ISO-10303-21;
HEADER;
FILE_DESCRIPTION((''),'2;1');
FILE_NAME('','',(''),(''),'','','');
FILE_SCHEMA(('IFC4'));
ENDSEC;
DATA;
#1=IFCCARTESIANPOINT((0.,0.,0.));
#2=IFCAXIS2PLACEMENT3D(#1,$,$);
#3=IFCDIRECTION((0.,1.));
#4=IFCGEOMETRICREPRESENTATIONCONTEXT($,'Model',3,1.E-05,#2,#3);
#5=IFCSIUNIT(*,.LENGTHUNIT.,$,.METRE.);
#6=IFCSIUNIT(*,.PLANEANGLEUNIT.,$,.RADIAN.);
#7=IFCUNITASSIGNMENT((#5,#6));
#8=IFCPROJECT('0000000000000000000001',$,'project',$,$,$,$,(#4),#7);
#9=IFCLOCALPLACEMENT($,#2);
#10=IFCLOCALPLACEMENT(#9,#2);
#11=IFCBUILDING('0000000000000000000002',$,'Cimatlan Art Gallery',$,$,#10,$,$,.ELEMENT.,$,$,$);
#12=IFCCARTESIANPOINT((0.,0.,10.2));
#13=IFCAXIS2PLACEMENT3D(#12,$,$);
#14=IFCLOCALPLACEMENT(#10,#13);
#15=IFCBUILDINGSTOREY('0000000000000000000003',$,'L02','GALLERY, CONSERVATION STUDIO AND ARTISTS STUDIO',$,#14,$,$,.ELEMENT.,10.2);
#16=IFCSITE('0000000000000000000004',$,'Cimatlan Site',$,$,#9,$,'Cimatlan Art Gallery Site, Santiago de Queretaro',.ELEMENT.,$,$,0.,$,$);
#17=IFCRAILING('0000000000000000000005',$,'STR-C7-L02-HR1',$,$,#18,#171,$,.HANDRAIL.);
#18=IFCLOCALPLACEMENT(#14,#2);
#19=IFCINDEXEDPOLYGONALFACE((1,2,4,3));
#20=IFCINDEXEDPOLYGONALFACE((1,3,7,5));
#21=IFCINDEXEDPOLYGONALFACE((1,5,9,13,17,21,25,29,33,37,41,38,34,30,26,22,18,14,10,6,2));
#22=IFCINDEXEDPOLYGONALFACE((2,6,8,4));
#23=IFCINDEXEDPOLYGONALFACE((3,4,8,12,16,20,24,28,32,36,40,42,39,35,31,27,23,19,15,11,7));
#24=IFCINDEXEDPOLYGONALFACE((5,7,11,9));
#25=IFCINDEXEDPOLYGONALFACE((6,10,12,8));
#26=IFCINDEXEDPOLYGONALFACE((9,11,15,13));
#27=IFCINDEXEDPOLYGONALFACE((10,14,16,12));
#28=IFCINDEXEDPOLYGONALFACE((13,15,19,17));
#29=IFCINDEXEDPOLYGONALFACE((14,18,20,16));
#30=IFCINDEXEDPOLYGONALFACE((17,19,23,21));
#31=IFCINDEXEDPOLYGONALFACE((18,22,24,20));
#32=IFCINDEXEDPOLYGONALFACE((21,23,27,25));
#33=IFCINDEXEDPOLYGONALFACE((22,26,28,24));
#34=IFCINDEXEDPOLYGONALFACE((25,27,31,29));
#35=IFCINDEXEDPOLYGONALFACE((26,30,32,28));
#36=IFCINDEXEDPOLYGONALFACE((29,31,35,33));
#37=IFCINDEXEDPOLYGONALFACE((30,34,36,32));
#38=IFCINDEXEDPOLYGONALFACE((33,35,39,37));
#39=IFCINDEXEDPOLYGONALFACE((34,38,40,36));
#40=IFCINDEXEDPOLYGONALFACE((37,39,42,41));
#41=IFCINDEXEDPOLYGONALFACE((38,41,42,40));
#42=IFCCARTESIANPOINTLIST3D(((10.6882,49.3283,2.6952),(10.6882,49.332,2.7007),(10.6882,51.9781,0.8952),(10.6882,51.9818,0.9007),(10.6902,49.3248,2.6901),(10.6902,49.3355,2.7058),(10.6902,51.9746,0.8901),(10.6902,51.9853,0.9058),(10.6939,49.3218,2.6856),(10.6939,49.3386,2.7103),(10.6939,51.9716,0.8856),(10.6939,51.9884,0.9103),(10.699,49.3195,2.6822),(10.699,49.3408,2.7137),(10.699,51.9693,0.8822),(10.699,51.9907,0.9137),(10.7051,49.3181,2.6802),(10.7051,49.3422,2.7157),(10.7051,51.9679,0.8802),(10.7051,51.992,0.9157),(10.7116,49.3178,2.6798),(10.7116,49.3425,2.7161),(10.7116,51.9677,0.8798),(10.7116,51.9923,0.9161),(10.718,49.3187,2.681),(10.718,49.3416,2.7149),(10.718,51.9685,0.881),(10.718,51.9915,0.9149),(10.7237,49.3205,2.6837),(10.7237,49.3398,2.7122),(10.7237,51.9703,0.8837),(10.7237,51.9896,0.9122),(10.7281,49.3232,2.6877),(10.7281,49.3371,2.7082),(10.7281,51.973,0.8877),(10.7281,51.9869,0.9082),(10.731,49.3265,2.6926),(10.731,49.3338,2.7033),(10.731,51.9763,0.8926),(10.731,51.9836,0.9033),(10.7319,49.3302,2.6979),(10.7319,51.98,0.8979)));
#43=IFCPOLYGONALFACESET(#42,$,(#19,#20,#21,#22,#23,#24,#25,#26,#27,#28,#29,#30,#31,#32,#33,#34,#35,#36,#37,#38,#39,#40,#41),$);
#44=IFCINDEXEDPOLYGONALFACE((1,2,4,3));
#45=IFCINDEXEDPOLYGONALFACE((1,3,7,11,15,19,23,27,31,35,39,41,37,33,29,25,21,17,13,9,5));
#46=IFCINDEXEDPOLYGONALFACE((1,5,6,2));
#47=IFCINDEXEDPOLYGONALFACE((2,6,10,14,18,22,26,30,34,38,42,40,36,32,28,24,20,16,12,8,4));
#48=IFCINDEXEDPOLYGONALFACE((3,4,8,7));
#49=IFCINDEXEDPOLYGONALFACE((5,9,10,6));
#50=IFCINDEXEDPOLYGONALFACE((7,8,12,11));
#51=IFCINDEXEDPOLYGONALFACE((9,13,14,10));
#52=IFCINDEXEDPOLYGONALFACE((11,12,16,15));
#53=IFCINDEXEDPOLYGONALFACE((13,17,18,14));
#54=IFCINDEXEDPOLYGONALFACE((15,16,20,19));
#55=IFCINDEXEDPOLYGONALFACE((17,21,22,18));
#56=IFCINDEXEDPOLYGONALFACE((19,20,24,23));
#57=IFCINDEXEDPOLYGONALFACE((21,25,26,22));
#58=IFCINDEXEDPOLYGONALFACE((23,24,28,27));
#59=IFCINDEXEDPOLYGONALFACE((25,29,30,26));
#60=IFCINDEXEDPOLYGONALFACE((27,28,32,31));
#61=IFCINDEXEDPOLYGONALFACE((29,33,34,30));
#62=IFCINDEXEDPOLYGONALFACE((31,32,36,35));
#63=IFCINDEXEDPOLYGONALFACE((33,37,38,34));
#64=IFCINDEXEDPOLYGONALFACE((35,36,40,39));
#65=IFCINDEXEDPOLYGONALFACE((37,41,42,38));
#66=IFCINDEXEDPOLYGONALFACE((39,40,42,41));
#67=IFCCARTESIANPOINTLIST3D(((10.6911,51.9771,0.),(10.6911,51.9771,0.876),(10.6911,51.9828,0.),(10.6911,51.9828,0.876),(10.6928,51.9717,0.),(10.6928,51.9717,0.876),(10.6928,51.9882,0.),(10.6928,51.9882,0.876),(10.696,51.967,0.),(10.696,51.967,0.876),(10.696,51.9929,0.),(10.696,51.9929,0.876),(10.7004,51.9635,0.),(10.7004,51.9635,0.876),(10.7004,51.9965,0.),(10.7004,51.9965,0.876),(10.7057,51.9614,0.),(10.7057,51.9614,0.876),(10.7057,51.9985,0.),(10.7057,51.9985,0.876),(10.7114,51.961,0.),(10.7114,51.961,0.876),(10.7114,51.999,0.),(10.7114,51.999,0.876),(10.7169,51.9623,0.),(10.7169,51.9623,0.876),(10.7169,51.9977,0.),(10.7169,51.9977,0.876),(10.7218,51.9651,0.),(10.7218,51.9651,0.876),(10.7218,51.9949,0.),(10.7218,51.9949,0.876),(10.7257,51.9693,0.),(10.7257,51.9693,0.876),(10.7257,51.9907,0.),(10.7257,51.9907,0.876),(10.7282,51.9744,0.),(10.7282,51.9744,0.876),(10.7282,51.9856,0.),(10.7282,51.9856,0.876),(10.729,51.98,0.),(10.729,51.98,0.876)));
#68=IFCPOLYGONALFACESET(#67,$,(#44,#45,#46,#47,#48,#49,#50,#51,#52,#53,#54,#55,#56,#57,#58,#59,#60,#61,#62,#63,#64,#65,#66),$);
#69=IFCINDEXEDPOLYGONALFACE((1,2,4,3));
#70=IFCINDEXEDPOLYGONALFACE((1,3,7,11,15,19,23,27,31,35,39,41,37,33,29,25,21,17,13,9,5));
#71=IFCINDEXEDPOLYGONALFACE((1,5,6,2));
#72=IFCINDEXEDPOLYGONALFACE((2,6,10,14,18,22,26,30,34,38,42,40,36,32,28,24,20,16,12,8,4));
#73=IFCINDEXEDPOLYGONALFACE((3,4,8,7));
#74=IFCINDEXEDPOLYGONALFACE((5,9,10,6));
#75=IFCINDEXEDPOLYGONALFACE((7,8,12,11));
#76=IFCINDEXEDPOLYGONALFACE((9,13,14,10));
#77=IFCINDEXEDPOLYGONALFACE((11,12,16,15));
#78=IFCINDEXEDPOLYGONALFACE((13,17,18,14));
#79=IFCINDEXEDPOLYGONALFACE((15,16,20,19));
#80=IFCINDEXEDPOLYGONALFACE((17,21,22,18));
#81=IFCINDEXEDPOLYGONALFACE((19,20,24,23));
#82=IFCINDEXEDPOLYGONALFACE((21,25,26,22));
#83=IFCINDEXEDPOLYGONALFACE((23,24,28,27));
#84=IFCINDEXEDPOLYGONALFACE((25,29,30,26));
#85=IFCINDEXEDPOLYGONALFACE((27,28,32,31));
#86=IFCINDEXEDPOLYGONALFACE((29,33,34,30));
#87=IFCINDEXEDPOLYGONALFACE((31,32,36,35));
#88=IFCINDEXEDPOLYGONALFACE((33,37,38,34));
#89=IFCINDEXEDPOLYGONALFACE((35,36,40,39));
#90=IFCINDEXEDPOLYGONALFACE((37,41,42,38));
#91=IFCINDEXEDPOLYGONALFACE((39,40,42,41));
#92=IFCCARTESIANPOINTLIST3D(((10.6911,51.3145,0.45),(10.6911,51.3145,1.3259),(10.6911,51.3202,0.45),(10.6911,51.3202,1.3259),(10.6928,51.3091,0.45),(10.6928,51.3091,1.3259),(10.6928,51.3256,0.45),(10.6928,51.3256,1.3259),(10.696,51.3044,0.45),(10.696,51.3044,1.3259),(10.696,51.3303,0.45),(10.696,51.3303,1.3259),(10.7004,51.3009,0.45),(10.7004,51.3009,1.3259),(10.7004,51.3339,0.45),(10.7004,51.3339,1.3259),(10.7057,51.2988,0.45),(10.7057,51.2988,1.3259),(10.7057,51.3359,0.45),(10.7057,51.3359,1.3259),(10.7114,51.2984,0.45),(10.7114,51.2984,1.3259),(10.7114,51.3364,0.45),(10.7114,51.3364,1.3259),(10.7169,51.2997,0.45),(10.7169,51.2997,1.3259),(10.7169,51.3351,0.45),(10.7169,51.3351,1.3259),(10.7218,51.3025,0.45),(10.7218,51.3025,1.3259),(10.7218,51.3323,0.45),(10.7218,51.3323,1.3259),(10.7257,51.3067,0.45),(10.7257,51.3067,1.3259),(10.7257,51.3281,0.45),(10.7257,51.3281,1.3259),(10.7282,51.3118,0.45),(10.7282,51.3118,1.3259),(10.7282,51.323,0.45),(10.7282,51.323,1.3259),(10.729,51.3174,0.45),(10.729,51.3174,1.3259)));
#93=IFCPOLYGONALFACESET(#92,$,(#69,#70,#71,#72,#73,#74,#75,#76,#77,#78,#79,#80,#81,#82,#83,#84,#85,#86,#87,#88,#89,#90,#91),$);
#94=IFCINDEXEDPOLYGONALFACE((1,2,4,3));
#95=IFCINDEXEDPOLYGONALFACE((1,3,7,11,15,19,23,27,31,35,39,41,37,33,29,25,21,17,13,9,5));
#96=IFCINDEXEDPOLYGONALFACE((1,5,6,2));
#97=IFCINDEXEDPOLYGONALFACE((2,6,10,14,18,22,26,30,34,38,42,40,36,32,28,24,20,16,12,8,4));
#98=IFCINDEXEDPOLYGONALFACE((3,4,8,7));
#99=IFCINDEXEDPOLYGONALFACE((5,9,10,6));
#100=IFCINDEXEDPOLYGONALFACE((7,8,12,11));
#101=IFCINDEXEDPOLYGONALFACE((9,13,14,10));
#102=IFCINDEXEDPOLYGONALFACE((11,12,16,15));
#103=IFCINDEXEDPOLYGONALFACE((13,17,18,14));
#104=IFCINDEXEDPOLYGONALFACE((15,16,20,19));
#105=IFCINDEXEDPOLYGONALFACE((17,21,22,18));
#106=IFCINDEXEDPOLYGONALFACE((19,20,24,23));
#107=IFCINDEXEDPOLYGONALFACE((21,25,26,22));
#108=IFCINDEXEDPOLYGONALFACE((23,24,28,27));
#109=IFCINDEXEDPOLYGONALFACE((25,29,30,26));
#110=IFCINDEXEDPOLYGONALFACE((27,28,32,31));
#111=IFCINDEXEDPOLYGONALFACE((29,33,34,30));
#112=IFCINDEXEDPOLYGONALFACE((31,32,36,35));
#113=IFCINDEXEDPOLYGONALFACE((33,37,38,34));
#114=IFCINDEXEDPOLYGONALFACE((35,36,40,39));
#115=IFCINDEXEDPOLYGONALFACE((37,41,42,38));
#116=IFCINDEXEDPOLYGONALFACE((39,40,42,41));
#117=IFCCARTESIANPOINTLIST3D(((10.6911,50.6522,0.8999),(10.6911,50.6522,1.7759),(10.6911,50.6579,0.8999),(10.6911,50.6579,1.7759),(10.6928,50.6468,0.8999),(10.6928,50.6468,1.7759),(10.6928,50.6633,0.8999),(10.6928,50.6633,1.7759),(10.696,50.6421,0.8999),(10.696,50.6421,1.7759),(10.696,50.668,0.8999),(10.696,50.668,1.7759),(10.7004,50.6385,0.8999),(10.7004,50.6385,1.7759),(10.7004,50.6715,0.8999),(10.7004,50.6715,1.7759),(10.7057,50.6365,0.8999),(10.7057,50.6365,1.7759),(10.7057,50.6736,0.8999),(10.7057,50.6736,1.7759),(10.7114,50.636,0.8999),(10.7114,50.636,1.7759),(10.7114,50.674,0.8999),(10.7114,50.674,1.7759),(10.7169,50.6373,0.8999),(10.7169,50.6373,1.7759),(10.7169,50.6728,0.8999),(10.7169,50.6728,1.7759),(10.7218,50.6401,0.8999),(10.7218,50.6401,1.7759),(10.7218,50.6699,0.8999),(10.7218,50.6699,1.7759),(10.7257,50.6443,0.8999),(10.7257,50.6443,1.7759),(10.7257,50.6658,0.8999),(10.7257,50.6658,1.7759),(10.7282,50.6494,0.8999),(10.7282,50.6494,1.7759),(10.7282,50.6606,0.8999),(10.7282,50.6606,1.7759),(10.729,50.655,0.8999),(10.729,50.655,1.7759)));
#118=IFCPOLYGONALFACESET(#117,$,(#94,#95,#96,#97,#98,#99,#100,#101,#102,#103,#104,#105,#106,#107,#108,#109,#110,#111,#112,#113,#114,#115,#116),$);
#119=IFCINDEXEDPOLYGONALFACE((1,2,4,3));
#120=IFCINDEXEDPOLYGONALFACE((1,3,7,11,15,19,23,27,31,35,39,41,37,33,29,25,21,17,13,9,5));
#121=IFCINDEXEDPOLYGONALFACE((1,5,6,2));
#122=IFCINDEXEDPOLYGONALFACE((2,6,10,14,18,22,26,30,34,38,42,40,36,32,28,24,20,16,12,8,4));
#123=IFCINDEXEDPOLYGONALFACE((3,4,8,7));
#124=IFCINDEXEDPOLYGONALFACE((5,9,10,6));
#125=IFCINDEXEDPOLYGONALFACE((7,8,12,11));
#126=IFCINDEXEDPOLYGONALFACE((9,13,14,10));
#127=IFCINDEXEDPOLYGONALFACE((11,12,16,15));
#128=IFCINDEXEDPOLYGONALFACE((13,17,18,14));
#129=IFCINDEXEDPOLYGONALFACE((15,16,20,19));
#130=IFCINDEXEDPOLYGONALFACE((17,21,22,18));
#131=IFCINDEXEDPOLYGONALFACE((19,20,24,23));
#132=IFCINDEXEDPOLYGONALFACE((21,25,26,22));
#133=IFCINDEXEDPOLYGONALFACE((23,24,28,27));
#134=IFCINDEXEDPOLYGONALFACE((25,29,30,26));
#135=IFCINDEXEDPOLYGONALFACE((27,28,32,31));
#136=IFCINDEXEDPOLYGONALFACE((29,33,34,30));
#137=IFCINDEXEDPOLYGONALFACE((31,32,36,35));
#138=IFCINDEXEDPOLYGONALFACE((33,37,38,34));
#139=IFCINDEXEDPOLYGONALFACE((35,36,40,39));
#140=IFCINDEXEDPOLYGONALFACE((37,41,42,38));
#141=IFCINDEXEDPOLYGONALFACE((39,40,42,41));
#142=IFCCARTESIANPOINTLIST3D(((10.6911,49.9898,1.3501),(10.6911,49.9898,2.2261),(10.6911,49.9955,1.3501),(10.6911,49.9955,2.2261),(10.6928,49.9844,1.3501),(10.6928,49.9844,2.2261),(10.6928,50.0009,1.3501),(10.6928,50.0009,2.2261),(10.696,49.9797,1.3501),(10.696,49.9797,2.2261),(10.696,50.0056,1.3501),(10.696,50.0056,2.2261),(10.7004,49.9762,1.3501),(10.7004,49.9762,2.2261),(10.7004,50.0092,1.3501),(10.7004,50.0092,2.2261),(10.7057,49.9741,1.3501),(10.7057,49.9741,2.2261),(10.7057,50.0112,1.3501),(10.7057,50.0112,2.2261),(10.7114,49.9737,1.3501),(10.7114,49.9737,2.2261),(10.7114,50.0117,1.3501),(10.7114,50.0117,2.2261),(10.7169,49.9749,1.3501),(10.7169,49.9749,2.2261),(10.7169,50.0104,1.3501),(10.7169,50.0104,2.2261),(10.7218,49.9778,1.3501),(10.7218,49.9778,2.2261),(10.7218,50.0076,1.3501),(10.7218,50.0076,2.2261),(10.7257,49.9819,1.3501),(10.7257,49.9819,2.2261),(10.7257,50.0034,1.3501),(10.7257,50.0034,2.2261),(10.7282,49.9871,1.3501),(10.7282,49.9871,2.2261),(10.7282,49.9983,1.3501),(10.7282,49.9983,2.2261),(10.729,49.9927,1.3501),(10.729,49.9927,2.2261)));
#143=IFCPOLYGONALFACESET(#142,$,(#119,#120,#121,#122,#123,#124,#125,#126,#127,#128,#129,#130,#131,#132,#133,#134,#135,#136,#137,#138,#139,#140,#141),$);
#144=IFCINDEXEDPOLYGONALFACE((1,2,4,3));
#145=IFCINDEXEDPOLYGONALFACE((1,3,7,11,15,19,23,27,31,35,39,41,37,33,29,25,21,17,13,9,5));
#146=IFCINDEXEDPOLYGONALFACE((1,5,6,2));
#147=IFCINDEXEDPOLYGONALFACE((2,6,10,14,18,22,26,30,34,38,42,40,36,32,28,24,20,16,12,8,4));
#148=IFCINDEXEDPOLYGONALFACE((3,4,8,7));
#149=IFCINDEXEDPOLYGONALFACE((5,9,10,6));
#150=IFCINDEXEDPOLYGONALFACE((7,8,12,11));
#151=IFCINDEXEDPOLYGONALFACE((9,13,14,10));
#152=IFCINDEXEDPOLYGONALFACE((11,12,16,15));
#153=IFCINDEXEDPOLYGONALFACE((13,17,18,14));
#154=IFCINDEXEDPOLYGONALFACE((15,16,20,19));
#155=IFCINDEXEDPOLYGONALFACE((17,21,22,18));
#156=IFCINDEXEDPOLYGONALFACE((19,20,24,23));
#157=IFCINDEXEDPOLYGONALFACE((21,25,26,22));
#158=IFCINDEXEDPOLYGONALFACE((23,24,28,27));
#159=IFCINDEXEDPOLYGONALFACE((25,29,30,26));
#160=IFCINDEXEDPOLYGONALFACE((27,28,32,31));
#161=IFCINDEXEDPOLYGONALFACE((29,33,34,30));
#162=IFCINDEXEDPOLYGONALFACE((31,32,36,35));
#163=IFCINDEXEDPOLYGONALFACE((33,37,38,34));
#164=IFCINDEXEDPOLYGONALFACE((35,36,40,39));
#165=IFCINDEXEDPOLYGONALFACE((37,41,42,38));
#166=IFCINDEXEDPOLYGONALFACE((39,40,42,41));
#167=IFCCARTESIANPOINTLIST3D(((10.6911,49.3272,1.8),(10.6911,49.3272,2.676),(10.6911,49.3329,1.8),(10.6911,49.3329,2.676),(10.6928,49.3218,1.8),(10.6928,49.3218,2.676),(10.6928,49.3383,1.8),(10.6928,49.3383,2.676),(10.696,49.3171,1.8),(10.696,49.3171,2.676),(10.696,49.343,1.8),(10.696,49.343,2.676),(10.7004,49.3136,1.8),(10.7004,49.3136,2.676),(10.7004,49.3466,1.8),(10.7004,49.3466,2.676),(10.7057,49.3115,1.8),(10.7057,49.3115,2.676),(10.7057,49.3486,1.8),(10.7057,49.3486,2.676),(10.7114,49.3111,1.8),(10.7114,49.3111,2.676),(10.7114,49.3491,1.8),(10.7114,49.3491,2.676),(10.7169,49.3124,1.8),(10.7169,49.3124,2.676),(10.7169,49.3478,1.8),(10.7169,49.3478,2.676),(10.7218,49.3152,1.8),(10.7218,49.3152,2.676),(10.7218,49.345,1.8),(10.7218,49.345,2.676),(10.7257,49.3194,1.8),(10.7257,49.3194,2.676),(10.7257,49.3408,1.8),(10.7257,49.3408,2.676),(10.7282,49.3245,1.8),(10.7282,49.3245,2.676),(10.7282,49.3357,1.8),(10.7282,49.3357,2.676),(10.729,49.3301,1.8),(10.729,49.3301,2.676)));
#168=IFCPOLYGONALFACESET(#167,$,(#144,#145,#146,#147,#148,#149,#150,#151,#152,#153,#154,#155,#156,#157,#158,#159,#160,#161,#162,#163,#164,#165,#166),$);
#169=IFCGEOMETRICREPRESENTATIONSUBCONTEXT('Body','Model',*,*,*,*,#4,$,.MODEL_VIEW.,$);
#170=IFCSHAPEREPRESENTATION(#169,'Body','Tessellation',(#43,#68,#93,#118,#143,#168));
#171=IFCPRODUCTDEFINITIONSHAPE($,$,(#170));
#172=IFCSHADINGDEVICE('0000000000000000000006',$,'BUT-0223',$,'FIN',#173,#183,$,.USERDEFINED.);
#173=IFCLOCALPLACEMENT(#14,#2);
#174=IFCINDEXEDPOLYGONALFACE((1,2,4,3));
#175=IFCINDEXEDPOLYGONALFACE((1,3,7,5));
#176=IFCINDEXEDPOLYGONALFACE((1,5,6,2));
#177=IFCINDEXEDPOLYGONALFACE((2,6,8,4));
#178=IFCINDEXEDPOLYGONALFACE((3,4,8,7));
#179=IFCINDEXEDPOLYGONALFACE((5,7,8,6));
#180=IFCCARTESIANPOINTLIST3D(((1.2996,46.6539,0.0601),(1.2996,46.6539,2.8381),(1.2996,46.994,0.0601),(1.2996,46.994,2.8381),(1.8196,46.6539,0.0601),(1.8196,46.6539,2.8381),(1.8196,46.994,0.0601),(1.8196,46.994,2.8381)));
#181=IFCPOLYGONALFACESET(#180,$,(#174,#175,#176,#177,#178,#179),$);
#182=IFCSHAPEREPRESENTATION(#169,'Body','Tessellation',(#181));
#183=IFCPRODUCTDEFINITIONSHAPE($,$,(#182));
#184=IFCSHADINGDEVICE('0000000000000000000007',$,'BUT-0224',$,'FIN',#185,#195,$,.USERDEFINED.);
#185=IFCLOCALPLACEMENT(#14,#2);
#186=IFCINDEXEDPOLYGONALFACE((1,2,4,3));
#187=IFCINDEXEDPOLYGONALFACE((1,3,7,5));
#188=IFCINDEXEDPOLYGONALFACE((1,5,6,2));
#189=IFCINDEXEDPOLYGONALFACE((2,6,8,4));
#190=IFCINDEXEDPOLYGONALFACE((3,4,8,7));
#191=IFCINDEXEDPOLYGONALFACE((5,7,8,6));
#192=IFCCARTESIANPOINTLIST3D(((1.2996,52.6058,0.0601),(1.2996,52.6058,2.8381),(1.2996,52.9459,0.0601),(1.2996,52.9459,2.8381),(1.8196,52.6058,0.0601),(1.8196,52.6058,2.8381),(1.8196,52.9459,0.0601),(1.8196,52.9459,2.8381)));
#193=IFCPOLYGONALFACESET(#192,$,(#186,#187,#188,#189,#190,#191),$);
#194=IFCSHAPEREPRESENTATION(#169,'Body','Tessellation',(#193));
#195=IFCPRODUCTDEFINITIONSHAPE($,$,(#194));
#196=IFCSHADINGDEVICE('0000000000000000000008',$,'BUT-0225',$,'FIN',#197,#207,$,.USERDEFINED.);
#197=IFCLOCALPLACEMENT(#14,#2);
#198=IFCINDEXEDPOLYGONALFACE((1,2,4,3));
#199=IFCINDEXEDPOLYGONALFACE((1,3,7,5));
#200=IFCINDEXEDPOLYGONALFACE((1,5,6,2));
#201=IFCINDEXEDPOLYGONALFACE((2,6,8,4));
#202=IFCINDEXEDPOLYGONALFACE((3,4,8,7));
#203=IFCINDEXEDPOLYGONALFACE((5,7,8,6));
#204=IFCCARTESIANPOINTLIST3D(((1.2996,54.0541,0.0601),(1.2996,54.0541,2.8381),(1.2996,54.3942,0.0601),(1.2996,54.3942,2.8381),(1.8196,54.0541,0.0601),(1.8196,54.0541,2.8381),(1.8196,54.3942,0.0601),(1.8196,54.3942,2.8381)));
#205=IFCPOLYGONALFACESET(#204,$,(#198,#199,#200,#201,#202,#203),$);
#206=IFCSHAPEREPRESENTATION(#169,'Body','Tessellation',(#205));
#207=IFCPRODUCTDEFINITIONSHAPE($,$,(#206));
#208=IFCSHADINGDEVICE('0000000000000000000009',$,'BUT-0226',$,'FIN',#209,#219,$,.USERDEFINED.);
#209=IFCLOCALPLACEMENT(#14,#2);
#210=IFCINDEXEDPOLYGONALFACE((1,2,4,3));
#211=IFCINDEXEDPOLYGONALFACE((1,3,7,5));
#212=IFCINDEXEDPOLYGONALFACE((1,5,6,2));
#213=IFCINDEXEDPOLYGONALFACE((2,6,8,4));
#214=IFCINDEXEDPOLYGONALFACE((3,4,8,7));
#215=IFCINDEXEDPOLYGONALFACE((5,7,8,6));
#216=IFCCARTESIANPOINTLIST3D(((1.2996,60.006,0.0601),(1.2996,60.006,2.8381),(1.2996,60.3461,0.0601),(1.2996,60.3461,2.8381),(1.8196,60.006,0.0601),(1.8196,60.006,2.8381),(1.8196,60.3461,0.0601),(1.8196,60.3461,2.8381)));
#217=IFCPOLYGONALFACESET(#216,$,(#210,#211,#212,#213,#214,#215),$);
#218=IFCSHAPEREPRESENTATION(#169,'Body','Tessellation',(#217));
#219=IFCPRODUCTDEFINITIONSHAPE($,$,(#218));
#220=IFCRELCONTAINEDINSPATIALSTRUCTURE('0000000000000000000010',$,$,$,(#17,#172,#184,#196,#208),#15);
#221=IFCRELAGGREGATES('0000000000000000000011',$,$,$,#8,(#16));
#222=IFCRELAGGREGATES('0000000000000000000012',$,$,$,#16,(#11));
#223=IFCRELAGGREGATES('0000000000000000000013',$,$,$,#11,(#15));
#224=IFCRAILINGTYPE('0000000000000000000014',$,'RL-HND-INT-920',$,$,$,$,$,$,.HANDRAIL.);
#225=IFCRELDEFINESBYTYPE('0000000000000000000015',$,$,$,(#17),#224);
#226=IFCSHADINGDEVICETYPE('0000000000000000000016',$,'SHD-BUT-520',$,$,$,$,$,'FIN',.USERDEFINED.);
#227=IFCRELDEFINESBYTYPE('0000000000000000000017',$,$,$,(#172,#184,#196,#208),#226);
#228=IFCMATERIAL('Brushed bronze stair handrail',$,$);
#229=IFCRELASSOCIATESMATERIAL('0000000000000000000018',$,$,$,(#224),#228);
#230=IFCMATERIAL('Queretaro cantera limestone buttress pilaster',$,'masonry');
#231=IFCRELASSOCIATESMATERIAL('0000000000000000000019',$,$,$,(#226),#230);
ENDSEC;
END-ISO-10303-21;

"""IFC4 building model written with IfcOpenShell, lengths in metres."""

from ifc_helpers import new_model, si_unit, direction, frame, origin, origin_2d, place, context, subcontext, project, spatial, rectangle, circle, extrude, material, type_object, element, save


model = new_model("IFC4")

# Units and contexts
model_context = context("Model", 3, precision=1e-05, world=origin(), true_north=direction((0.0, 1.0)))
body_context = subcontext(model_context, "Body", "Model", "MODEL_VIEW")
ifc_project = project(units=[si_unit("LENGTHUNIT", "METRE"), si_unit("PLANEANGLEUNIT", "RADIAN")], contexts=[model_context])

# Site, building, storey
site_placement = place(None, origin())
site = spatial("IfcSite", under=ifc_project, at=site_placement, Name="Cimatlan Site", LongName="Cimatlan Art Gallery Site, Santiago de Queretaro", CompositionType="ELEMENT", RefElevation=0.0)
building_placement = place(site_placement, origin())
building = spatial("IfcBuilding", under=site, at=building_placement, Name="Cimatlan Art Gallery", CompositionType="ELEMENT")
storey_placement = place(building_placement, frame((0.0, 0.0, 10.2)))
storey = spatial("IfcBuildingStorey", under=building, at=storey_placement, Name="L02", Description="GALLERY, CONSERVATION STUDIO AND ARTISTS STUDIO", CompositionType="ELEMENT", Elevation=10.2)

# Railing
ifc_material_1 = material(Name="Brushed bronze stair handrail")
railing_type_1 = type_object("IfcRailingType", Name="RL-HND-INT-920", PredefinedType="HANDRAIL", material=ifc_material_1)
railing_1_placement = place(storey_placement, frame((10.71, 51.98, 0.0)))
element("IfcRailing", 1, at=railing_1_placement, inside=storey, type_object=railing_type_1, Name="STR-C7-L02-HR1", PredefinedType="HANDRAIL", context=body_context, shape_type="SweptSolid", body=[
    extrude(circle(Radius=0.022, at=origin_2d()), frame((0.0, 0.0, 0.8979), z_axis=(0.0, -0.8272, 0.561908), x_axis=(1.0, 0.0, 0.0)), (0.0, 0.0, 1.0), 3.2034),
    extrude(circle(Radius=0.019, at=origin_2d()), origin(), (0.0, 0.0, 1.0), 0.876),
    extrude(circle(Radius=0.019, at=origin_2d()), frame((0.0, -0.6626, 0.45)), (0.0, 0.0, 1.0), 0.876),
    extrude(circle(Radius=0.019, at=origin_2d()), frame((0.0, -1.325, 0.8999)), (0.0, 0.0, 1.0), 0.876),
    extrude(circle(Radius=0.019, at=origin_2d()), frame((0.0, -1.9873, 1.3501)), (0.0, 0.0, 1.0), 0.876),
    extrude(circle(Radius=0.019, at=origin_2d()), frame((0.0, -2.6499, 1.8)), (0.0, 0.0, 1.0), 0.876),
])

# Shading devices
ifc_material_2 = material(Name="Queretaro cantera limestone buttress pilaster", Category="masonry")
shading_device_type_1 = type_object("IfcShadingDeviceType", Name="SHD-BUT-520", ElementType="FIN", PredefinedType="USERDEFINED", material=ifc_material_2)
for number, where, z_axis, x_axis, name in (
    (2, (1.5596, 46.824, 0.0601), (0.0, 0.0, 1.0), (0.0, 1.0, 0.0), "BUT-0223"),
    (3, (1.5596, 52.7759, 0.0601), (0.0, 0.0, 1.0), (0.0, 1.0, 0.0), "BUT-0224"),
    (4, (1.5596, 54.2241, 0.0601), (0.0, 0.0, 1.0), (0.0, 1.0, 0.0), "BUT-0225"),
    (5, (1.5596, 60.176, 0.0601), (0.0, 0.0, 1.0), (0.0, 1.0, 0.0), "BUT-0226"),
):
    element("IfcShadingDevice", number, at=place(storey_placement, frame(where, z_axis=z_axis, x_axis=x_axis)), inside=storey, type_object=shading_device_type_1, Name=name, ObjectType="FIN", PredefinedType="USERDEFINED", context=body_context, shape_type="SweptSolid", body=[
        extrude(rectangle(XDim=0.3401, YDim=0.52, at=origin_2d()), origin(), (0.0, 0.0, 1.0), 2.7781),
    ])

save(model, "model.ifc")
